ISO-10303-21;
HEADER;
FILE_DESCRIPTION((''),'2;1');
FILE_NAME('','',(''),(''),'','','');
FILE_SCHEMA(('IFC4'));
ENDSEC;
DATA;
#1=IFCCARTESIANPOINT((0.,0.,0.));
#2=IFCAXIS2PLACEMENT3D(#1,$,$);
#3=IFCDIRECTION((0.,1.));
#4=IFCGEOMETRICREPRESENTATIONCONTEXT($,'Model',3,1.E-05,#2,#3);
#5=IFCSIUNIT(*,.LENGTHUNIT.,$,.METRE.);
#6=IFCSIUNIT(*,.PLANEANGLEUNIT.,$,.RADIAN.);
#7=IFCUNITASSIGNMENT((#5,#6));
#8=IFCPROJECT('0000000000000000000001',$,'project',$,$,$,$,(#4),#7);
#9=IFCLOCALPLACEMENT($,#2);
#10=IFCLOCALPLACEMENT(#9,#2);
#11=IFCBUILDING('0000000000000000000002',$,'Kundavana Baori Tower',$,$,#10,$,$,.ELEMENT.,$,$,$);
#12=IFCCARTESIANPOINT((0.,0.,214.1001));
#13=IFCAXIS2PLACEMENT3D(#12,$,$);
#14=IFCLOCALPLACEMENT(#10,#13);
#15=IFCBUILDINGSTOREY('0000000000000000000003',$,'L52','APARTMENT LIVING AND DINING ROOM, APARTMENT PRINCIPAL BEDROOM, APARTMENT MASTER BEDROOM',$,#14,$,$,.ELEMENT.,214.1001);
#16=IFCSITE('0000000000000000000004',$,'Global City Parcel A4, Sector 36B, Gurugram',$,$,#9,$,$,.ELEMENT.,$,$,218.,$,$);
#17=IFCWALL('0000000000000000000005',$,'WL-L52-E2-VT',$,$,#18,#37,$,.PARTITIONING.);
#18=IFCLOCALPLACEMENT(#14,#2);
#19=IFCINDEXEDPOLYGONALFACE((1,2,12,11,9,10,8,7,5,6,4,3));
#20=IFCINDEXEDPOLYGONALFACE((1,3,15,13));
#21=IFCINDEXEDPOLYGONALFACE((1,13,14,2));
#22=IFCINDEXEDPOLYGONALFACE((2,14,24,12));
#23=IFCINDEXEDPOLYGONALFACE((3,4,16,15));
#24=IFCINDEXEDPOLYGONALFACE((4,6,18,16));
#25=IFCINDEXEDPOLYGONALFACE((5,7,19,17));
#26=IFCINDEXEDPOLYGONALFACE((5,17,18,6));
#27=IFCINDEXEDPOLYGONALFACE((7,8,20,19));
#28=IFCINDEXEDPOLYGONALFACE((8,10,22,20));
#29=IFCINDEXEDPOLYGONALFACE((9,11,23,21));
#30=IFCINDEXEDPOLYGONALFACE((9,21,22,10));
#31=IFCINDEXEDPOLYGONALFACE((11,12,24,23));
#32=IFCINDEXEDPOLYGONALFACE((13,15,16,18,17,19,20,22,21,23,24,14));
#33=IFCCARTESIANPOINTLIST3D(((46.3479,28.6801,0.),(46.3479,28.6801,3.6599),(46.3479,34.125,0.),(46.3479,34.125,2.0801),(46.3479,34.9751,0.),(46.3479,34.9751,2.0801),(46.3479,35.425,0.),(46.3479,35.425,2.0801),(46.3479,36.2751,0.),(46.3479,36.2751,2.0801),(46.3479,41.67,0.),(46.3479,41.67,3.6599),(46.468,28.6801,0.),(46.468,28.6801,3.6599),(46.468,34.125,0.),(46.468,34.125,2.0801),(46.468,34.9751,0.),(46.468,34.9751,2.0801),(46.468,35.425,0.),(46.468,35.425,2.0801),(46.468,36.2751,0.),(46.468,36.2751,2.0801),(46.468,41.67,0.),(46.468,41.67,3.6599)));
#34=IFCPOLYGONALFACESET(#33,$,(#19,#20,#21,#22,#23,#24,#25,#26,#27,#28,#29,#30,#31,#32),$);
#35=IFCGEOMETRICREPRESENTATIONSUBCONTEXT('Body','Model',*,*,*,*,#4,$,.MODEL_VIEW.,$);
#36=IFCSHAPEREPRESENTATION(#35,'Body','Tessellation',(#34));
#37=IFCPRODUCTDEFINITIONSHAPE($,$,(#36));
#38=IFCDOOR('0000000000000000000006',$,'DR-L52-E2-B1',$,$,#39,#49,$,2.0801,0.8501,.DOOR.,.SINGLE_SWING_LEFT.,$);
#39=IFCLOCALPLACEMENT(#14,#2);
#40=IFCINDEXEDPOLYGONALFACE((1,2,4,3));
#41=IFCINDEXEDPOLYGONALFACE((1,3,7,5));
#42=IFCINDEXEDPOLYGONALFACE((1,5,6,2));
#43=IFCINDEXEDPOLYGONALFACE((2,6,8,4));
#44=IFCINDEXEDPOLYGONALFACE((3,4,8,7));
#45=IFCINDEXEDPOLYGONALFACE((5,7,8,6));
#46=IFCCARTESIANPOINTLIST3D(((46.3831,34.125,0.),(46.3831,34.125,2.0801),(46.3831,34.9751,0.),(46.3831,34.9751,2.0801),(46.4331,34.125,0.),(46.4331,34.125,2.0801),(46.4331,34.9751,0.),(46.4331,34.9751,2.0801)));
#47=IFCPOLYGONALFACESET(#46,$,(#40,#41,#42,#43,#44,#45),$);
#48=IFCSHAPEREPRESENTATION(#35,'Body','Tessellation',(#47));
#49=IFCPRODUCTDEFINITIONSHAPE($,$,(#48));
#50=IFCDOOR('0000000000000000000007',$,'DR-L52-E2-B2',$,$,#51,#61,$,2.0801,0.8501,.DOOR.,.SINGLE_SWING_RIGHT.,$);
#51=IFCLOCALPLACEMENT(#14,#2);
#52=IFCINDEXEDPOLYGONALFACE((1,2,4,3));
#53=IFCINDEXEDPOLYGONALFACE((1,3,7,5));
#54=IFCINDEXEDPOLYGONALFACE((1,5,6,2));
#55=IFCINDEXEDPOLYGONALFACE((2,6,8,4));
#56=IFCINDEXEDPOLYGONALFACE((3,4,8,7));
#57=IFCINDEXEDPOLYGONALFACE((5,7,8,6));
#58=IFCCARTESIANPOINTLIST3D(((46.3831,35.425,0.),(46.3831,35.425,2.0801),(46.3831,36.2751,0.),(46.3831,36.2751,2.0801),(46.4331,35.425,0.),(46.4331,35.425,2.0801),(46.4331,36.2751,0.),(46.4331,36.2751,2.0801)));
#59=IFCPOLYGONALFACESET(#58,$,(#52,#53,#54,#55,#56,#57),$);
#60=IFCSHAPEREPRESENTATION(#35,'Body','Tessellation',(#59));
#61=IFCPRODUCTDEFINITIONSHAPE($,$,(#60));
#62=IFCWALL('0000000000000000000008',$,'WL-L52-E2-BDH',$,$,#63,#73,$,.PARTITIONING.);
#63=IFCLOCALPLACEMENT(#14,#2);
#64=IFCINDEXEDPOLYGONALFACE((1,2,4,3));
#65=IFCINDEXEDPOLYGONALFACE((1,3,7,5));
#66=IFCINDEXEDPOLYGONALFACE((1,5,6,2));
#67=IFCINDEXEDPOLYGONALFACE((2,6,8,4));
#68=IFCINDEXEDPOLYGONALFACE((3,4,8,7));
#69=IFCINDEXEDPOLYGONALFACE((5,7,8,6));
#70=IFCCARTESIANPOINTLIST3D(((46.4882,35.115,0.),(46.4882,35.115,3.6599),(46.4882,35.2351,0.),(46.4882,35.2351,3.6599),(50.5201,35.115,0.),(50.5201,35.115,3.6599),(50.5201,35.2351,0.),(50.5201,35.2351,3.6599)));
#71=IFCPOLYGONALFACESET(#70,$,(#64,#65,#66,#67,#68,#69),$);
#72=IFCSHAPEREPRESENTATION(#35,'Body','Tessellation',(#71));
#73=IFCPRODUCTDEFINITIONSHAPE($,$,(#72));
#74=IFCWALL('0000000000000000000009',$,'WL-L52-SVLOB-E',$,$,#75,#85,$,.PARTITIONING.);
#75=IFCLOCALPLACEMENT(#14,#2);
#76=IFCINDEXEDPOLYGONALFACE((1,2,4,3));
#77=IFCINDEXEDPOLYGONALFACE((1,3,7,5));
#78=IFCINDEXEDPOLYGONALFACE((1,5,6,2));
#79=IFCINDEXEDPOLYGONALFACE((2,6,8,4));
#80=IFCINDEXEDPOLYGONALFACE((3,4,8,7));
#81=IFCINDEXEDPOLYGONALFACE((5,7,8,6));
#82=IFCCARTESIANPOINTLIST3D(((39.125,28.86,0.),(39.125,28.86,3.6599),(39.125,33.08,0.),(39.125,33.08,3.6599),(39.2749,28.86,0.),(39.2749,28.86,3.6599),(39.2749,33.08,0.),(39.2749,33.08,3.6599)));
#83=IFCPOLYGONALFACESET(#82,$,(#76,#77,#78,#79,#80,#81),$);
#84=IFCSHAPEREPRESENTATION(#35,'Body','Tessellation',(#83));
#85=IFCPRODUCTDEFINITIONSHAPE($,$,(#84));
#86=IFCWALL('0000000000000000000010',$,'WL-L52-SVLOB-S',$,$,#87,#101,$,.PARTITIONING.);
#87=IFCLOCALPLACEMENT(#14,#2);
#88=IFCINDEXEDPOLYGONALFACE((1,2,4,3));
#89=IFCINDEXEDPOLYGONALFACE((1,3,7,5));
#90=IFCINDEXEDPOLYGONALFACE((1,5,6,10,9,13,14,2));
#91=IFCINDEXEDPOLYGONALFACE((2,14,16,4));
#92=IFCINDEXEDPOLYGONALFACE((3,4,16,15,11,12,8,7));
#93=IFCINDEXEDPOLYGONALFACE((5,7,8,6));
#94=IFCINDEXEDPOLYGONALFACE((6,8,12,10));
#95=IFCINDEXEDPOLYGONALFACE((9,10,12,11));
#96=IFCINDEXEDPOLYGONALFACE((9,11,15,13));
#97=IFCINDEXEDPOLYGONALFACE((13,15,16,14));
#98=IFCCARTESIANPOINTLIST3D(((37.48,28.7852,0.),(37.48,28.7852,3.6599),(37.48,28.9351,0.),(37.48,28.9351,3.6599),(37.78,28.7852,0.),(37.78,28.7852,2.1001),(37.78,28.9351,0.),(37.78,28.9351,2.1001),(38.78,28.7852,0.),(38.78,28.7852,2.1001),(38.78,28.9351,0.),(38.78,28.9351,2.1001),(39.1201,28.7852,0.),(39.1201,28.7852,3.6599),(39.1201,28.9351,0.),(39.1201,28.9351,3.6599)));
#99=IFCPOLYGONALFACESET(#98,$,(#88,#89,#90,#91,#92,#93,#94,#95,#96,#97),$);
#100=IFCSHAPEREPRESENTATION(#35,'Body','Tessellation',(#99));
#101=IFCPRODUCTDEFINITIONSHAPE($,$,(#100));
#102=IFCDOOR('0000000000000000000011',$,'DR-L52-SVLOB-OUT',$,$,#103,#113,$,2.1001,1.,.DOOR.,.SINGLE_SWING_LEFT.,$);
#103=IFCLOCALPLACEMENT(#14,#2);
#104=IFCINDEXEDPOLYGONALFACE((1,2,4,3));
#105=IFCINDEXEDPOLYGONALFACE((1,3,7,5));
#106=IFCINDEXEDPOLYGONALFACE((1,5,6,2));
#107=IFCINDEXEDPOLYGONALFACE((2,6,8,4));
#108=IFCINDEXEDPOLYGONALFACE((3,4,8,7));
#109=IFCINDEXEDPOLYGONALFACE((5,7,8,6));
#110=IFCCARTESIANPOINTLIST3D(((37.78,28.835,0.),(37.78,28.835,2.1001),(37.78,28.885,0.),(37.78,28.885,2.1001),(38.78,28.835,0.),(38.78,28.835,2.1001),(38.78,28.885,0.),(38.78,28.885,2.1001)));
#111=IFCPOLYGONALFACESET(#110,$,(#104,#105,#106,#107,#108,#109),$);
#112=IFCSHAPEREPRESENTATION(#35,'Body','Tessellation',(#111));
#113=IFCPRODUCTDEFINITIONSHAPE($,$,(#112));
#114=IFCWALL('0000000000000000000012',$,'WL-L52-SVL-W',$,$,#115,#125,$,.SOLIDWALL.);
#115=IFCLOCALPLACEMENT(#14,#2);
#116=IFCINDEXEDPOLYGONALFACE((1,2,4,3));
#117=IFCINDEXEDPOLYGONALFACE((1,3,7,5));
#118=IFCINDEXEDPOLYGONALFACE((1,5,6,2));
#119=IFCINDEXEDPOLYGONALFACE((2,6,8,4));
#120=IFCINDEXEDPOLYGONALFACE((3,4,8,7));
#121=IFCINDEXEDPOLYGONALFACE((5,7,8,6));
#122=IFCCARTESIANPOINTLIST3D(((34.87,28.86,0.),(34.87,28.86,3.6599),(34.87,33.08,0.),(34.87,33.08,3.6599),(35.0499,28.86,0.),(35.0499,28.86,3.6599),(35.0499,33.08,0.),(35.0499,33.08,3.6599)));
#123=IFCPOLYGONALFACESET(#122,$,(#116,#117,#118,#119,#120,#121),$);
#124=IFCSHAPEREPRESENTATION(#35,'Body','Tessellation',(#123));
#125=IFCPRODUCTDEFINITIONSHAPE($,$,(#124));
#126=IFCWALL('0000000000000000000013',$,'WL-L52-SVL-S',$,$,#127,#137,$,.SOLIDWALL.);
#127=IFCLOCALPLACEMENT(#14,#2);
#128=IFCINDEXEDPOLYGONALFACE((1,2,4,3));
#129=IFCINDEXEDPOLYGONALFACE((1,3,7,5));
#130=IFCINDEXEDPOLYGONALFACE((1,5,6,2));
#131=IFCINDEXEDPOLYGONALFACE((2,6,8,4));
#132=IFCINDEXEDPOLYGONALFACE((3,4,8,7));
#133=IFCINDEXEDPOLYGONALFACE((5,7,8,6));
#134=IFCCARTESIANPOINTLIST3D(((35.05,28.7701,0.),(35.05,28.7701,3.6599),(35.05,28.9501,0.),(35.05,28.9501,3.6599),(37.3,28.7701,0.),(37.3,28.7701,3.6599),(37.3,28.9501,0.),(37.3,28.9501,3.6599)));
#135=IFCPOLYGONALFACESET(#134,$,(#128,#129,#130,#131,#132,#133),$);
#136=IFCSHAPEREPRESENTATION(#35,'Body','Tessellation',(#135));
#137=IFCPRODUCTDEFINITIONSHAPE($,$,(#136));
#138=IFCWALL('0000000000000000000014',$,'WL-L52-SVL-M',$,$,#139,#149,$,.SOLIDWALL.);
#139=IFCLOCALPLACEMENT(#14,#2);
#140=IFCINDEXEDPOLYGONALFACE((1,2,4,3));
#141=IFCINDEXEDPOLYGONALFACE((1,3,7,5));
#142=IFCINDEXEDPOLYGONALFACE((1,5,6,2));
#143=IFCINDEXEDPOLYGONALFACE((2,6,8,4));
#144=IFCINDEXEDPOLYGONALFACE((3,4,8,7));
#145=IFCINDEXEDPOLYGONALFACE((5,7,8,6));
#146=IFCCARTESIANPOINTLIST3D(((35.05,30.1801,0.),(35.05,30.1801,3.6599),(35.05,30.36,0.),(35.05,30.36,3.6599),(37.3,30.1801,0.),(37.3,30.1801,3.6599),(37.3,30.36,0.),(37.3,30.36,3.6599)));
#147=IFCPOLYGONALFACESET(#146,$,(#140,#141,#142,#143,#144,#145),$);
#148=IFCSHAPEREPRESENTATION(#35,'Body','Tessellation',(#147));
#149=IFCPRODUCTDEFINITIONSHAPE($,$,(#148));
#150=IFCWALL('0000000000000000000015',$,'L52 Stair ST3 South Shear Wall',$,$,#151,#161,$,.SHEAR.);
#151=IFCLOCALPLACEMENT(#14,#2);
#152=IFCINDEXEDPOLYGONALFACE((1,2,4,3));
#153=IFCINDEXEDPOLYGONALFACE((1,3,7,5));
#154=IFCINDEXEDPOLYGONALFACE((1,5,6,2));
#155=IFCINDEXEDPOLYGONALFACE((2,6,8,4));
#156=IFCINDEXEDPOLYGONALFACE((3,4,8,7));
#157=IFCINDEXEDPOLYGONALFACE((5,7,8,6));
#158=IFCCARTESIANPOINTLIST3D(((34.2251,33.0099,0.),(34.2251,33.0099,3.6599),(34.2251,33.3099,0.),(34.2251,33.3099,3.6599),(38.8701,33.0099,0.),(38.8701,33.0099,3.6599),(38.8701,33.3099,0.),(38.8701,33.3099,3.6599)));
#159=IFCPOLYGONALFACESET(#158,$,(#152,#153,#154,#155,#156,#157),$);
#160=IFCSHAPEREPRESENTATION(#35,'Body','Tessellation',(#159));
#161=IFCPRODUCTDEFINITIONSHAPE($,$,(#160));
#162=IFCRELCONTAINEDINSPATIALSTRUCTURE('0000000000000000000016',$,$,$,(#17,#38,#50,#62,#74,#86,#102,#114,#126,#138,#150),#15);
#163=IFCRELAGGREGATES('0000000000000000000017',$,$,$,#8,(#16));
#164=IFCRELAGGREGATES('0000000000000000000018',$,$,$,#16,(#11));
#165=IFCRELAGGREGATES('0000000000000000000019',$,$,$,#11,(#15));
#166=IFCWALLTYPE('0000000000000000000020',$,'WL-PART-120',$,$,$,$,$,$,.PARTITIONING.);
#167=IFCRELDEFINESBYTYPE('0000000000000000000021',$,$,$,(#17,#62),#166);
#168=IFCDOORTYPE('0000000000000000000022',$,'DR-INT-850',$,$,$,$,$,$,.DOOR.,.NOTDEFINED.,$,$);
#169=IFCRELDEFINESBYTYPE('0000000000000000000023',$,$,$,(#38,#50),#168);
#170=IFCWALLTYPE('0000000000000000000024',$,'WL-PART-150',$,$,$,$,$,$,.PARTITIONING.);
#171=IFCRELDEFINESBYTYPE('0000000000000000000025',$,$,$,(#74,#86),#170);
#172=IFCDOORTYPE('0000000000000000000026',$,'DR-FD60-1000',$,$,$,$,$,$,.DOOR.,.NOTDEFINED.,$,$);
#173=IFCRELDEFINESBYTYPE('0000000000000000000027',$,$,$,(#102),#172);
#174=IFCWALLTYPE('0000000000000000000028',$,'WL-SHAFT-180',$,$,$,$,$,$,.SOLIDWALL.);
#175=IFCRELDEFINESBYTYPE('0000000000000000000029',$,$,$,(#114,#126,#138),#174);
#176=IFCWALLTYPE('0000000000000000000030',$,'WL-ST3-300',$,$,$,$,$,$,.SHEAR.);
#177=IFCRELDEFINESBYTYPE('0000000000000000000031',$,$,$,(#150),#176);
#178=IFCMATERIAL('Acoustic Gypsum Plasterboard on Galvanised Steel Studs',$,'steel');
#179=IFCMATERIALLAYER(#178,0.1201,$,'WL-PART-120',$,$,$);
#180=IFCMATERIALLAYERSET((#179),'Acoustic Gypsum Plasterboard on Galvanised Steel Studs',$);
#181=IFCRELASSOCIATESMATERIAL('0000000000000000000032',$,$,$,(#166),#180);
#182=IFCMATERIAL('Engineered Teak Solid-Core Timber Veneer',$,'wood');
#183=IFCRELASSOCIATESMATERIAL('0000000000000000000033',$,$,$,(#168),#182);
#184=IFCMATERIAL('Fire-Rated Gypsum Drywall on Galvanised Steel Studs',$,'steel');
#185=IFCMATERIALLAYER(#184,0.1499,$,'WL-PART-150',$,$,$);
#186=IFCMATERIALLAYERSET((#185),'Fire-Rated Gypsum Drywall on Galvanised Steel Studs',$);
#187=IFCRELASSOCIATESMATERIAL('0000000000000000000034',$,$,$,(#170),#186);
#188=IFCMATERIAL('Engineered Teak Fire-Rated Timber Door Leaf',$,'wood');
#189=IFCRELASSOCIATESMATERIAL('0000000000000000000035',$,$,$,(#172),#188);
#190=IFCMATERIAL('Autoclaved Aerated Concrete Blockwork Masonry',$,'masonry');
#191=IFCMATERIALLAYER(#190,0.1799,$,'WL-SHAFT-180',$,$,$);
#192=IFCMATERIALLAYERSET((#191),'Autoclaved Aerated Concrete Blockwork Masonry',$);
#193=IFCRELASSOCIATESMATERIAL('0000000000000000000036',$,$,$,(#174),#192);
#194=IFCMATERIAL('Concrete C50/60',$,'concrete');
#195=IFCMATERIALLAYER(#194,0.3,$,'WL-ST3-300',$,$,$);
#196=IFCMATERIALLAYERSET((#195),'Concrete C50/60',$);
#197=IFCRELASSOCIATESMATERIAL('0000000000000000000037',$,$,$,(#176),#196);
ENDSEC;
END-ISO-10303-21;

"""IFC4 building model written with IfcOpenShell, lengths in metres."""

from ifc_helpers import new_model, si_unit, direction, frame, frame_2d, origin, place, context, subcontext, project, spatial, rectangle, extrude, material, layer, layer_set, type_object, element, fill, save


model = new_model("IFC4")

# Units and contexts
model_context = context("Model", 3, precision=1e-05, world=origin(), true_north=direction((0.0, 1.0)))
body_context = subcontext(model_context, "Body", "Model", "MODEL_VIEW")
ifc_project = project(units=[si_unit("LENGTHUNIT", "METRE"), si_unit("PLANEANGLEUNIT", "RADIAN")], contexts=[model_context])

# Site, building, storey
site_placement = place(None, origin())
site = spatial("IfcSite", under=ifc_project, at=site_placement, Name="Global City Parcel A4, Sector 36B, Gurugram", CompositionType="ELEMENT", RefElevation=218.0)
building_placement = place(site_placement, origin())
building = spatial("IfcBuilding", under=site, at=building_placement, Name="Kundavana Baori Tower", CompositionType="ELEMENT")
storey_placement = place(building_placement, frame((0.0, 0.0, 214.1001)))
storey = spatial("IfcBuildingStorey", under=building, at=storey_placement, Name="L52", Description="APARTMENT LIVING AND DINING ROOM, APARTMENT PRINCIPAL BEDROOM, APARTMENT MASTER BEDROOM", CompositionType="ELEMENT", Elevation=214.1001)

# Shared definitions
ifc_material_1 = material(Name="Acoustic Gypsum Plasterboard on Galvanised Steel Studs", Category="steel")
ifc_layer_1 = layer(ifc_material_1, 0.1201, Name="WL-PART-120")
ifc_layer_set_1 = layer_set([ifc_layer_1], Name="Acoustic Gypsum Plasterboard on Galvanised Steel Studs")
wall_type_1 = type_object("IfcWallType", Name="WL-PART-120", PredefinedType="PARTITIONING", material=ifc_layer_set_1)

# Wall, openings, doors
wall_1_placement = place(storey_placement, frame((46.408, 28.6799, 0.0), z_axis=(0.0, 0.0, 1.0), x_axis=(0.0, 1.0, 0.0)))
wall_1 = element("IfcWall", 1, at=wall_1_placement, inside=storey, type_object=wall_type_1, Name="WL-L52-E2-VT", PredefinedType="PARTITIONING", context=body_context, shape_type="SweptSolid", body=[
    extrude(rectangle(XDim=12.99, YDim=0.1201, at=frame_2d((6.4951, 0.0))), origin(), (0.0, 0.0, 1.0), 3.6599),
])
opening_1_placement = place(wall_1_placement, frame((5.4451, 0.0, 0.0)))
opening_1 = element("IfcOpeningElement", 2, at=opening_1_placement, cuts=wall_1, PredefinedType="OPENING", context=body_context, shape_type="SweptSolid", body=[
    extrude(rectangle(XDim=0.8501, YDim=2.0801, at=frame_2d((0.425, 1.04))), frame((0.0, 0.0701, 0.0), z_axis=(0.0, -1.0, 0.0), x_axis=(1.0, 0.0, 0.0)), (0.0, 0.0, 1.0), 0.1401),
])
opening_2_placement = place(wall_1_placement, frame((6.7451, 0.0, 0.0)))
opening_2 = element("IfcOpeningElement", 3, at=opening_2_placement, cuts=wall_1, PredefinedType="OPENING", context=body_context, shape_type="SweptSolid", body=[
    extrude(rectangle(XDim=0.8501, YDim=2.0801, at=frame_2d((0.425, 1.04))), frame((0.0, 0.0701, 0.0), z_axis=(0.0, -1.0, 0.0), x_axis=(1.0, 0.0, 0.0)), (0.0, 0.0, 1.0), 0.1401),
])
ifc_material_2 = material(Name="Engineered Teak Solid-Core Timber Veneer", Category="wood")
door_type_1 = type_object("IfcDoorType", Name="DR-INT-850", OperationType="NOTDEFINED", PredefinedType="DOOR", material=ifc_material_2)
door_1_placement = place(opening_1_placement, origin())
door_1 = element("IfcDoor", 4, at=door_1_placement, inside=storey, type_object=door_type_1, Name="DR-L52-E2-B1", OperationType="SINGLE_SWING_LEFT", OverallHeight=2.0801, OverallWidth=0.8501, PredefinedType="DOOR", context=body_context, shape_type="SweptSolid", body=[
    extrude(rectangle(XDim=0.8501, YDim=2.0801, at=frame_2d((0.425, 1.04))), frame((0.0, 0.0249, 0.0), z_axis=(0.0, -1.0, 0.0), x_axis=(1.0, 0.0, 0.0)), (0.0, 0.0, 1.0), 0.05),
])
fill(opening_1, door_1)
door_2_placement = place(opening_2_placement, origin())
door_2 = element("IfcDoor", 5, at=door_2_placement, inside=storey, type_object=door_type_1, Name="DR-L52-E2-B2", OperationType="SINGLE_SWING_RIGHT", OverallHeight=2.0801, OverallWidth=0.8501, PredefinedType="DOOR", context=body_context, shape_type="SweptSolid", body=[
    extrude(rectangle(XDim=0.8501, YDim=2.0801, at=frame_2d((0.425, 1.04))), frame((0.0, 0.0249, 0.0), z_axis=(0.0, -1.0, 0.0), x_axis=(1.0, 0.0, 0.0)), (0.0, 0.0, 1.0), 0.05),
])
fill(opening_2, door_2)

# Walls
wall_2_placement = place(storey_placement, frame((46.488, 35.175, 0.0), z_axis=(0.0, 0.0, 1.0), x_axis=(1.0, 0.0, 0.0)))
element("IfcWall", 6, at=wall_2_placement, inside=storey, type_object=wall_type_1, Name="WL-L52-E2-BDH", PredefinedType="PARTITIONING", context=body_context, shape_type="SweptSolid", body=[
    extrude(rectangle(XDim=4.032, YDim=0.1201, at=frame_2d((2.0161, 0.0))), origin(), (0.0, 0.0, 1.0), 3.6599),
])
ifc_material_3 = material(Name="Fire-Rated Gypsum Drywall on Galvanised Steel Studs", Category="steel")
ifc_layer_2 = layer(ifc_material_3, 0.1499, Name="WL-PART-150")
ifc_layer_set_2 = layer_set([ifc_layer_2], Name="Fire-Rated Gypsum Drywall on Galvanised Steel Studs")
wall_type_2 = type_object("IfcWallType", Name="WL-PART-150", PredefinedType="PARTITIONING", material=ifc_layer_set_2)
wall_3_placement = place(storey_placement, frame((39.2, 28.8601, 0.0), z_axis=(0.0, 0.0, 1.0), x_axis=(0.0, 1.0, 0.0)))
element("IfcWall", 7, at=wall_3_placement, inside=storey, type_object=wall_type_2, Name="WL-L52-SVLOB-E", PredefinedType="PARTITIONING", context=body_context, shape_type="SweptSolid", body=[
    extrude(rectangle(XDim=4.22, YDim=0.1499, at=frame_2d((2.1099, 0.0))), origin(), (0.0, 0.0, 1.0), 3.6599),
])

# Wall, opening, door
wall_4_placement = place(storey_placement, frame((37.48, 28.8601, 0.0), z_axis=(0.0, 0.0, 1.0), x_axis=(1.0, 0.0, 0.0)))
wall_4 = element("IfcWall", 8, at=wall_4_placement, inside=storey, type_object=wall_type_2, Name="WL-L52-SVLOB-S", PredefinedType="PARTITIONING", context=body_context, shape_type="SweptSolid", body=[
    extrude(rectangle(XDim=1.6401, YDim=0.1499, at=frame_2d((0.8201, 0.0))), origin(), (0.0, 0.0, 1.0), 3.6599),
])
opening_3_placement = place(wall_4_placement, frame((0.3, 0.0, 0.0)))
opening_3 = element("IfcOpeningElement", 9, at=opening_3_placement, cuts=wall_4, PredefinedType="OPENING", context=body_context, shape_type="SweptSolid", body=[
    extrude(rectangle(XDim=1.0, YDim=2.1001, at=frame_2d((0.5, 1.05))), frame((0.0, 0.085, 0.0), z_axis=(0.0, -1.0, 0.0), x_axis=(1.0, 0.0, 0.0)), (0.0, 0.0, 1.0), 0.1699),
])
ifc_material_4 = material(Name="Engineered Teak Fire-Rated Timber Door Leaf", Category="wood")
door_type_2 = type_object("IfcDoorType", Name="DR-FD60-1000", OperationType="NOTDEFINED", PredefinedType="DOOR", material=ifc_material_4)
door_3_placement = place(opening_3_placement, origin())
door_3 = element("IfcDoor", 10, at=door_3_placement, inside=storey, type_object=door_type_2, Name="DR-L52-SVLOB-OUT", OperationType="SINGLE_SWING_LEFT", OverallHeight=2.1001, OverallWidth=1.0, PredefinedType="DOOR", context=body_context, shape_type="SweptSolid", body=[
    extrude(rectangle(XDim=1.0, YDim=2.1001, at=frame_2d((0.5, 1.05))), frame((0.0, 0.0249, 0.0), z_axis=(0.0, -1.0, 0.0), x_axis=(1.0, 0.0, 0.0)), (0.0, 0.0, 1.0), 0.05),
])
fill(opening_3, door_3)

# Wall
ifc_material_5 = material(Name="Autoclaved Aerated Concrete Blockwork Masonry", Category="masonry")
ifc_layer_3 = layer(ifc_material_5, 0.1799, Name="WL-SHAFT-180")
ifc_layer_set_3 = layer_set([ifc_layer_3], Name="Autoclaved Aerated Concrete Blockwork Masonry")
wall_type_3 = type_object("IfcWallType", Name="WL-SHAFT-180", PredefinedType="SOLIDWALL", material=ifc_layer_set_3)
wall_5_placement = place(storey_placement, frame((34.96, 28.8601, 0.0), z_axis=(0.0, 0.0, 1.0), x_axis=(0.0, 1.0, 0.0)))
element("IfcWall", 11, at=wall_5_placement, inside=storey, type_object=wall_type_3, Name="WL-L52-SVL-W", PredefinedType="SOLIDWALL", context=body_context, shape_type="SweptSolid", body=[
    extrude(rectangle(XDim=4.22, YDim=0.1799, at=frame_2d((2.1099, 0.0))), origin(), (0.0, 0.0, 1.0), 3.6599),
])

# Walls
for number, where, z_axis, x_axis, name in (
    (12, (35.05, 28.8601, 0.0), (0.0, 0.0, 1.0), (1.0, 0.0, 0.0), "WL-L52-SVL-S"),
    (13, (35.05, 30.27, 0.0), (0.0, 0.0, 1.0), (1.0, 0.0, 0.0), "WL-L52-SVL-M"),
):
    element("IfcWall", number, at=place(storey_placement, frame(where, z_axis=z_axis, x_axis=x_axis)), inside=storey, type_object=wall_type_3, Name=name, PredefinedType="SOLIDWALL", context=body_context, shape_type="SweptSolid", body=[
        extrude(rectangle(XDim=2.25, YDim=0.1799, at=frame_2d((1.125, 0.0))), origin(), (0.0, 0.0, 1.0), 3.6599),
    ])
ifc_material_6 = material(Name="Concrete C50/60", Category="concrete")
ifc_layer_4 = layer(ifc_material_6, 0.3, Name="WL-ST3-300")
ifc_layer_set_4 = layer_set([ifc_layer_4], Name="Concrete C50/60")
wall_type_4 = type_object("IfcWallType", Name="WL-ST3-300", PredefinedType="SHEAR", material=ifc_layer_set_4)
wall_6_placement = place(storey_placement, frame((34.2251, 33.1599, 0.0), z_axis=(0.0, 0.0, 1.0), x_axis=(1.0, 0.0, 0.0)))
element("IfcWall", 14, at=wall_6_placement, inside=storey, type_object=wall_type_4, Name="L52 Stair ST3 South Shear Wall", PredefinedType="SHEAR", context=body_context, shape_type="SweptSolid", body=[
    extrude(rectangle(XDim=4.645, YDim=0.3, at=frame_2d((2.3225, 0.0))), origin(), (0.0, 0.0, 1.0), 3.6599),
])

save(model, "model.ifc")
